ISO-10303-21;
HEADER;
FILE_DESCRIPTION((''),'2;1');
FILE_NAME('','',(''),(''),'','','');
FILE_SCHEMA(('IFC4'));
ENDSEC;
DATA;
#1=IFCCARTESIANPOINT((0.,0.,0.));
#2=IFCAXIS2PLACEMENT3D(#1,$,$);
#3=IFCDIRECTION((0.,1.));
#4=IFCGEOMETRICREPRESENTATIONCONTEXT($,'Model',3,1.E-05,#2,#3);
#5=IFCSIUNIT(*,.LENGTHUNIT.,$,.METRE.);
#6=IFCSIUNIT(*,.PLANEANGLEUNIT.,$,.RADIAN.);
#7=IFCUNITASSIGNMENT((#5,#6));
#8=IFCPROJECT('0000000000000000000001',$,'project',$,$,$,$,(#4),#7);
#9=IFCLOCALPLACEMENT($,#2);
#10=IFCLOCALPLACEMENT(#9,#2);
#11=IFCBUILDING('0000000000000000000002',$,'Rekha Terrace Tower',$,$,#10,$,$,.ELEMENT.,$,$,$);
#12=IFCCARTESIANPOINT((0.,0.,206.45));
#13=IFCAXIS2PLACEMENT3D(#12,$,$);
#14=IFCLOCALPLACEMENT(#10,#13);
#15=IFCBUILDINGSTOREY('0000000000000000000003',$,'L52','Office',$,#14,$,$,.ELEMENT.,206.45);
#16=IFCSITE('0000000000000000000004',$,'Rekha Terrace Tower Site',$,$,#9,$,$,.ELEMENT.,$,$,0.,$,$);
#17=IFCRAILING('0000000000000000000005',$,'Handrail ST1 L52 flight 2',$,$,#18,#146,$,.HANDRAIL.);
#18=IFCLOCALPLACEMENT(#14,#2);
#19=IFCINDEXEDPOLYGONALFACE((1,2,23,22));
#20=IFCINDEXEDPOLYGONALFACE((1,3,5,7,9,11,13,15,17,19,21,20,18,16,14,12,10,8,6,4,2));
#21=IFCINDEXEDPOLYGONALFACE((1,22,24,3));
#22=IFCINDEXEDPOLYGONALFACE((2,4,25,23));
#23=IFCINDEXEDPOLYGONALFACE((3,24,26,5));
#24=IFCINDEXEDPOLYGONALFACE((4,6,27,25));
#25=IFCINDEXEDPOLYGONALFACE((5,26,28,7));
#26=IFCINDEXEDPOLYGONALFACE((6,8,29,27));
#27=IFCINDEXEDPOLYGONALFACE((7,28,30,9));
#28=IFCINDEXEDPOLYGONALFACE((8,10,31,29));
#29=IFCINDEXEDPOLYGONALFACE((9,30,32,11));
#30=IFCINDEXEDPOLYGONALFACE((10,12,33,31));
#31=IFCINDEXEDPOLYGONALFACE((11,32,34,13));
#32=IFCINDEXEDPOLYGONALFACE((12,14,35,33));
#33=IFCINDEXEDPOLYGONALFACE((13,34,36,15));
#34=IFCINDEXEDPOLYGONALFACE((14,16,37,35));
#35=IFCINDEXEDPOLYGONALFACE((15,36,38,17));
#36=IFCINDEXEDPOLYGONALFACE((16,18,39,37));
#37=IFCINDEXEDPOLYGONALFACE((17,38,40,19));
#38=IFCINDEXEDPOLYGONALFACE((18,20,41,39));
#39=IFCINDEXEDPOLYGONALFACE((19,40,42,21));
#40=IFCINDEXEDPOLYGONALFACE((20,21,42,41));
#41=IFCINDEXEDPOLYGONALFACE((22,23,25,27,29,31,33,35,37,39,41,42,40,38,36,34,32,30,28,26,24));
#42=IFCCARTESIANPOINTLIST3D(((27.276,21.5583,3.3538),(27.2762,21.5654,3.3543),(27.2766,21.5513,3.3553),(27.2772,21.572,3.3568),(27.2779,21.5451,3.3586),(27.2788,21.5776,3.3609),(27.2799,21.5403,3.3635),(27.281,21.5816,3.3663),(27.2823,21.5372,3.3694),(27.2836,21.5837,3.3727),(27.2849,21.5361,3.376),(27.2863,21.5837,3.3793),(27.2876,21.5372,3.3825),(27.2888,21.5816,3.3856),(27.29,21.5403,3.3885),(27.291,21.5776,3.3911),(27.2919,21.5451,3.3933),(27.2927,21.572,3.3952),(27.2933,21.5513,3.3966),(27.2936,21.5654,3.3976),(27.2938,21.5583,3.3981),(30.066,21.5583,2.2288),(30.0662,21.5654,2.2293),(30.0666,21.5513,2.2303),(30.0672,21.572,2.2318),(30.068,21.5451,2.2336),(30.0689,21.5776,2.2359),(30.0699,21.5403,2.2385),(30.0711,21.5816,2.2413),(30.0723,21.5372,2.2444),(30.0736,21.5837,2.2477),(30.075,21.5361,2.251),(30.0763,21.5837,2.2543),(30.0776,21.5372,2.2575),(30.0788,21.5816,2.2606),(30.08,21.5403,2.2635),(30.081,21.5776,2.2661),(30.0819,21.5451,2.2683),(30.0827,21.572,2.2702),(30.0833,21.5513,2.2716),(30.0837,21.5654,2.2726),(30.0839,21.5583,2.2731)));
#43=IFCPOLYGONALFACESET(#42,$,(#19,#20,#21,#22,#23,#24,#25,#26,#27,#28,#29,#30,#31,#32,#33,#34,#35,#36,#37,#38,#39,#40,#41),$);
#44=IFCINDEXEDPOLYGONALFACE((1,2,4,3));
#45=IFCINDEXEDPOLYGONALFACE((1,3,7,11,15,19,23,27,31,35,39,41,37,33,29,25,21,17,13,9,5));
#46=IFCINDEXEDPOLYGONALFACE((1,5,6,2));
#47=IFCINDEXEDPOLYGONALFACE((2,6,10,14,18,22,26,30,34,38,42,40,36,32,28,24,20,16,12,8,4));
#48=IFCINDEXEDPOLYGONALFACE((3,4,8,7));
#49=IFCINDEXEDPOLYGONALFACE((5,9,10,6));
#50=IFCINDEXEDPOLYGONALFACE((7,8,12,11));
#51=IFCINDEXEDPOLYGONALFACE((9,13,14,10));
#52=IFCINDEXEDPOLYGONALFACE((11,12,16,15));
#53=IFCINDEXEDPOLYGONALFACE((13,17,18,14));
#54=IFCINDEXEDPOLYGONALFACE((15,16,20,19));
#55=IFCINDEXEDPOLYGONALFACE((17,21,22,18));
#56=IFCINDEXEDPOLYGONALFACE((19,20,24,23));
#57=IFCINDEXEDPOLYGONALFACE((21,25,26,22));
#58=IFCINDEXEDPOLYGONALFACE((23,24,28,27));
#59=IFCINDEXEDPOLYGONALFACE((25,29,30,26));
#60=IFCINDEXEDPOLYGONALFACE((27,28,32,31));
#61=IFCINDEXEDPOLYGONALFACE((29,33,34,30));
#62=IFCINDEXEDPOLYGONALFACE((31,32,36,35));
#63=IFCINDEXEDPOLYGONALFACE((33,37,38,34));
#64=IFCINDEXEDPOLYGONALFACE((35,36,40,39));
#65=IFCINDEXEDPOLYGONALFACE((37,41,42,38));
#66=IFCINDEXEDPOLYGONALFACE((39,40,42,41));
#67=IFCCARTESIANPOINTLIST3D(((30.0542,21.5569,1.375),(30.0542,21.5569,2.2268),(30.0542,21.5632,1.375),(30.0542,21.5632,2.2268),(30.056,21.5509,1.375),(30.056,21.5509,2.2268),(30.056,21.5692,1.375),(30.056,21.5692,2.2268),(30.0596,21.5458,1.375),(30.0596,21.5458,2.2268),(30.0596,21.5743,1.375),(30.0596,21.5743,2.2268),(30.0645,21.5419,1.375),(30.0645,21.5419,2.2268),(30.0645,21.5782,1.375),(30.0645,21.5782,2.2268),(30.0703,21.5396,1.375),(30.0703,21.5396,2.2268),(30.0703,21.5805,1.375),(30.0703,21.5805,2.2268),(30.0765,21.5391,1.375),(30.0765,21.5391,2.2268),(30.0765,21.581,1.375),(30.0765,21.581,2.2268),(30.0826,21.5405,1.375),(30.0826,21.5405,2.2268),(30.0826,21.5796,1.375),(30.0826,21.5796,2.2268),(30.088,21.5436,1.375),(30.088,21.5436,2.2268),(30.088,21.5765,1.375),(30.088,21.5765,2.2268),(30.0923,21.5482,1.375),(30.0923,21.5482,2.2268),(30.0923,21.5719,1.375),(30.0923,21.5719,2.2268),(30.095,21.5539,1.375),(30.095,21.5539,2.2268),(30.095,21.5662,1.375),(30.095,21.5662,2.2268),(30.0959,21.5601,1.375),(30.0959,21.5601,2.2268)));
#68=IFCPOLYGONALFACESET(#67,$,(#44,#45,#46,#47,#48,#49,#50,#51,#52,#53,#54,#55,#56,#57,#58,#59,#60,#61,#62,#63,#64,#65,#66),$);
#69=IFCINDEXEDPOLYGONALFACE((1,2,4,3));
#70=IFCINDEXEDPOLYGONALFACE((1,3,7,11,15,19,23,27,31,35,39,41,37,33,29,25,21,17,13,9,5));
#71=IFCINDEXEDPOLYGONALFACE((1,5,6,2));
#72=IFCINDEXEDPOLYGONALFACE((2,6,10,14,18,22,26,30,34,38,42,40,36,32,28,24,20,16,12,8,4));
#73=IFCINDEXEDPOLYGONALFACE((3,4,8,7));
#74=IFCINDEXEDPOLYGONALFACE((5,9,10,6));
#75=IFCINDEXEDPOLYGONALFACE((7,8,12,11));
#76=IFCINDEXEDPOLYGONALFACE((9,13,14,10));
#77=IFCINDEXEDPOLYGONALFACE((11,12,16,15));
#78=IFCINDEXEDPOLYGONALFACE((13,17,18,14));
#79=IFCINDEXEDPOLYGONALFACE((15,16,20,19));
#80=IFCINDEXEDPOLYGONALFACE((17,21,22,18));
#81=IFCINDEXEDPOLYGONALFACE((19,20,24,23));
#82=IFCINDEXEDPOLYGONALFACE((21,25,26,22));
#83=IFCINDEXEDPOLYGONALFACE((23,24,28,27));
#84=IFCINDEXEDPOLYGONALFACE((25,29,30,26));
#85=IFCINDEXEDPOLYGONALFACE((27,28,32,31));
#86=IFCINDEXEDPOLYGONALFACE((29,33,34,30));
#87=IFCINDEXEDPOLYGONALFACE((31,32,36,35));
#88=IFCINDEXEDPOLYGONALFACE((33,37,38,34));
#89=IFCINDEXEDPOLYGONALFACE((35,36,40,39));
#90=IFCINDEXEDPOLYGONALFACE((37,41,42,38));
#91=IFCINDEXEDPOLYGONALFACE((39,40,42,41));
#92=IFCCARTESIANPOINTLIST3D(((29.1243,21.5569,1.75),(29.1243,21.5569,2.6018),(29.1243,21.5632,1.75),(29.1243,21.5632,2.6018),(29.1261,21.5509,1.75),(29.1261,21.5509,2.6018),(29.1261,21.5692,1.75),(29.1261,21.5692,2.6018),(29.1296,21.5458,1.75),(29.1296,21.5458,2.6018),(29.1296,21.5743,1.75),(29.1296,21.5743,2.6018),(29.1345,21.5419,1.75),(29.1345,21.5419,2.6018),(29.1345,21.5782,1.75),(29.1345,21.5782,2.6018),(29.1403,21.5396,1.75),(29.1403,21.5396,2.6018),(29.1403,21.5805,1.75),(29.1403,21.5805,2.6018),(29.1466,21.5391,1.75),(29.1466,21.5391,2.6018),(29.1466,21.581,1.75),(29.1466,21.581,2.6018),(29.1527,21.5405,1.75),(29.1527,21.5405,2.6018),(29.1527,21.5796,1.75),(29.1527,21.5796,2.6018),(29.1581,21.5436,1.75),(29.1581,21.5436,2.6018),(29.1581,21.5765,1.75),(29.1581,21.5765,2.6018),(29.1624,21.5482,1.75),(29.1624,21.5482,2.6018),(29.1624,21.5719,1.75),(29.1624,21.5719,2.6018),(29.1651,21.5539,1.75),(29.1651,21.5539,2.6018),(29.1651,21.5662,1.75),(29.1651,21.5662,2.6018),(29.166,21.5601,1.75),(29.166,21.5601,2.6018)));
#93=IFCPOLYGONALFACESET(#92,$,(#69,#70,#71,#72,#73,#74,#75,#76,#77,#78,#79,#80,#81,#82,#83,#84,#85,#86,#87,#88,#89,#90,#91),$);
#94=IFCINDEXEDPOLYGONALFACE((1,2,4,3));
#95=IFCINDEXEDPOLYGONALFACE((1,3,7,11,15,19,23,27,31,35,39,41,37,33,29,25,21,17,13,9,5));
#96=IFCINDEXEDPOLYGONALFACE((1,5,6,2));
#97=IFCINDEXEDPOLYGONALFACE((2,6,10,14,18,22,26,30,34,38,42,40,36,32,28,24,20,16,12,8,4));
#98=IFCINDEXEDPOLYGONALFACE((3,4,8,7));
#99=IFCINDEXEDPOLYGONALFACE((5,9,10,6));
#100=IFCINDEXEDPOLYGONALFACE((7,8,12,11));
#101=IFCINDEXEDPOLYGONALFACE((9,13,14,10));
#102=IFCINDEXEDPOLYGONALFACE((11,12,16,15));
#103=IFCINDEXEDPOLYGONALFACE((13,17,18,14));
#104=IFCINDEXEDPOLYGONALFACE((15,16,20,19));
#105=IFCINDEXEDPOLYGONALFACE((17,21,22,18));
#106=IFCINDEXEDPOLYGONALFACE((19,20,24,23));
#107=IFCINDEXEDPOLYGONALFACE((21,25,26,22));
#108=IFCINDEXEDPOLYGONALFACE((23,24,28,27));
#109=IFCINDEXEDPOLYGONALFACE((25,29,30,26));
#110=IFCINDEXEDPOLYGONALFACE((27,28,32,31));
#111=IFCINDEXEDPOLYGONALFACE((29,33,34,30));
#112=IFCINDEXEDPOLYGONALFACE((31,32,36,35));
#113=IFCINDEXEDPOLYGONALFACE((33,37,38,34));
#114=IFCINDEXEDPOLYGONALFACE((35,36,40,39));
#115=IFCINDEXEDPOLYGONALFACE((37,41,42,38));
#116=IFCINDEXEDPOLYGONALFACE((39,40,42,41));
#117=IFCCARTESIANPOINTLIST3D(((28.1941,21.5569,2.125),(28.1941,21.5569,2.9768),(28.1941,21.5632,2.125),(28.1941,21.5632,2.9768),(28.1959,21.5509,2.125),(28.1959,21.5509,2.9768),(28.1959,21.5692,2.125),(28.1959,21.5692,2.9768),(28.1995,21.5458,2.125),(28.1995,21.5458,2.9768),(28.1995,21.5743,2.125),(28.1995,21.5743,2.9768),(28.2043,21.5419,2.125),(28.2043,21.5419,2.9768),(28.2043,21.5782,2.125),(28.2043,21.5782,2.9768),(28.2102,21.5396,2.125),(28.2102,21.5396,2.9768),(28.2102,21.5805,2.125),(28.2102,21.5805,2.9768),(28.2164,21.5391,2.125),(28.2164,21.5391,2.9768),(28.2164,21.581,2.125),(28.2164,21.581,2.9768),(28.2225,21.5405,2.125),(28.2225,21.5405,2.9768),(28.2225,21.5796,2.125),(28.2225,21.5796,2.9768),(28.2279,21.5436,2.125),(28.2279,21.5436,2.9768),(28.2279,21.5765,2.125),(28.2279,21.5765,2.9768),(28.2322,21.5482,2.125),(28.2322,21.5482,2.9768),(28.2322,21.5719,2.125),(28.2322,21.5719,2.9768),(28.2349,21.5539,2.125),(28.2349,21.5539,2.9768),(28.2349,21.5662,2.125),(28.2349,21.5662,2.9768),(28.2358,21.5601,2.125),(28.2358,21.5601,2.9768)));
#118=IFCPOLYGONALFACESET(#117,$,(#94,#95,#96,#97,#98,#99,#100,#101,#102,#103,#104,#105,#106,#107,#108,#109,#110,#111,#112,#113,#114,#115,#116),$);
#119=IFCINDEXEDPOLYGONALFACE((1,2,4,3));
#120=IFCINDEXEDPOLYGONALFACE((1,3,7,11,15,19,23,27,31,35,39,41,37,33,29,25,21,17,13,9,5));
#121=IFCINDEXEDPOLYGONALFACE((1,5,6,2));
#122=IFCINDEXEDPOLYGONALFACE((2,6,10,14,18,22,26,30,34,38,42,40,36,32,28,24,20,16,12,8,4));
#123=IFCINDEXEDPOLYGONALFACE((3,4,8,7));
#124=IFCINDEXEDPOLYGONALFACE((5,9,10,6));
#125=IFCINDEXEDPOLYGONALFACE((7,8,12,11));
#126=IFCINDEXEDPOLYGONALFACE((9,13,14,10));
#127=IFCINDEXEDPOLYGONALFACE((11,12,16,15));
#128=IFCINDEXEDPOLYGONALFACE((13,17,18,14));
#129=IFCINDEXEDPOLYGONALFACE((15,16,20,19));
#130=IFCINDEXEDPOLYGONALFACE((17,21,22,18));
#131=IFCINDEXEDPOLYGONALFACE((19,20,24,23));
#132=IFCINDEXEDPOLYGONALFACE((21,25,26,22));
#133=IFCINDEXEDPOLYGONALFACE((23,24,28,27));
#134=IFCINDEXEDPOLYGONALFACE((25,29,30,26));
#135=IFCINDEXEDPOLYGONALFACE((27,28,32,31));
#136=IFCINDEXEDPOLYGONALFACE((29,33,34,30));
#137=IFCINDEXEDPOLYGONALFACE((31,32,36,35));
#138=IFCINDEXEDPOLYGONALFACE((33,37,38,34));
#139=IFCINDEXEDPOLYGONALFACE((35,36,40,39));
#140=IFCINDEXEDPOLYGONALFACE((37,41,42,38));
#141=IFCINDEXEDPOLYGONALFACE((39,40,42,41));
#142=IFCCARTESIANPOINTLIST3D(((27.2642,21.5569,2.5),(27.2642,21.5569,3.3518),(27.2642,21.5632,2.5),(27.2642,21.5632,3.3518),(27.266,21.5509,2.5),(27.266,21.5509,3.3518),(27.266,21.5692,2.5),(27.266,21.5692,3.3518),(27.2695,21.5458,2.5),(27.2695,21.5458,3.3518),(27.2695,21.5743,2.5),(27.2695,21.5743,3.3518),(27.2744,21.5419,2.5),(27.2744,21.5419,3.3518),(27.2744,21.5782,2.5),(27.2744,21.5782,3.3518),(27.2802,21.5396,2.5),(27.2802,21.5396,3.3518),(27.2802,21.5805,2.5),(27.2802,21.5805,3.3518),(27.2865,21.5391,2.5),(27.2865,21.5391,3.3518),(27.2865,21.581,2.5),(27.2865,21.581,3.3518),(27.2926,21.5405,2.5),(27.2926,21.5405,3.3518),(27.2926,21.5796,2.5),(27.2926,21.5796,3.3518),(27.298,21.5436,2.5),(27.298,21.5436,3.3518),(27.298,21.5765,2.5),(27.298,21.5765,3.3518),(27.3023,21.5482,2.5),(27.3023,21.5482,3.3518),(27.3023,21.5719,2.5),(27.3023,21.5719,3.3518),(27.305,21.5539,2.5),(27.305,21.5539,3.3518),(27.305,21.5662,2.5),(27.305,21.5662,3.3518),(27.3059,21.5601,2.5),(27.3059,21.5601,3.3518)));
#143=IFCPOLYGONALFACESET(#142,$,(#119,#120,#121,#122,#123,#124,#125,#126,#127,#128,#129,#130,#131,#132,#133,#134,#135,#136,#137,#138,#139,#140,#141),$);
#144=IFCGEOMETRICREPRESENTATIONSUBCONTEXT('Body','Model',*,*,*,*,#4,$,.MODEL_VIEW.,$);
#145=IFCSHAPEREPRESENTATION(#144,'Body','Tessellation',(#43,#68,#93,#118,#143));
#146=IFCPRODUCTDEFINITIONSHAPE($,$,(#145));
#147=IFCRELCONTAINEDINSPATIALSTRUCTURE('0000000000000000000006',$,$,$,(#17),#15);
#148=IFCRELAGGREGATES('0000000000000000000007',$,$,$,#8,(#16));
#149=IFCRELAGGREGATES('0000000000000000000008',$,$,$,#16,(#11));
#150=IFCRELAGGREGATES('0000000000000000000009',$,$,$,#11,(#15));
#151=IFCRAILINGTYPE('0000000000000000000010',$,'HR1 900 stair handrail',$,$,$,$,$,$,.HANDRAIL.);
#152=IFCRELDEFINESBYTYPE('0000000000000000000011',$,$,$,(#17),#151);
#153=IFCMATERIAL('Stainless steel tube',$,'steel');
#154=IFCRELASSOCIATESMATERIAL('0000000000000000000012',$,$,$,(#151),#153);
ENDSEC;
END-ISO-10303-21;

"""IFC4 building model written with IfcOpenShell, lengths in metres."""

from ifc_helpers import new_model, si_unit, direction, frame, origin, origin_2d, place, context, subcontext, project, spatial, circle, extrude, material, type_object, element, save


model = new_model("IFC4")

# Units and contexts
model_context = context("Model", 3, precision=1e-05, world=origin(), true_north=direction((0.0, 1.0)))
body_context = subcontext(model_context, "Body", "Model", "MODEL_VIEW")
ifc_project = project(units=[si_unit("LENGTHUNIT", "METRE"), si_unit("PLANEANGLEUNIT", "RADIAN")], contexts=[model_context])

# Site, building, storey
site_placement = place(None, origin())
site = spatial("IfcSite", under=ifc_project, at=site_placement, Name="Rekha Terrace Tower Site", CompositionType="ELEMENT", RefElevation=0.0)
building_placement = place(site_placement, origin())
building = spatial("IfcBuilding", under=site, at=building_placement, Name="Rekha Terrace Tower", CompositionType="ELEMENT")
storey_placement = place(building_placement, frame((0.0, 0.0, 206.45)))
storey = spatial("IfcBuildingStorey", under=building, at=storey_placement, Name="L52", Description="Office", CompositionType="ELEMENT", Elevation=206.45)

# Railing
ifc_material_1 = material(Name="Stainless steel tube", Category="steel")
railing_type_1 = type_object("IfcRailingType", Name="HR1 900 stair handrail", PredefinedType="HANDRAIL", material=ifc_material_1)
railing_1_placement = place(storey_placement, frame((30.075, 21.5601, 1.375)))
element("IfcRailing", 1, at=railing_1_placement, inside=storey, type_object=railing_type_1, Name="Handrail ST1 L52 flight 2", PredefinedType="HANDRAIL", context=body_context, shape_type="SweptSolid", body=[
    extrude(circle(Radius=0.0239, at=origin_2d()), frame((0.0, 0.0, 0.876), z_axis=(-0.927443, 0.0, 0.373964), x_axis=(0.0, -1.0, 0.0)), (0.0, 0.0, 1.0), 3.0083),
    extrude(circle(Radius=0.021, at=origin_2d()), origin(), (0.0, 0.0, 1.0), 0.8518),
    extrude(circle(Radius=0.021, at=origin_2d()), frame((-0.9299, 0.0, 0.375)), (0.0, 0.0, 1.0), 0.8518),
    extrude(circle(Radius=0.021, at=origin_2d()), frame((-1.8601, 0.0, 0.75)), (0.0, 0.0, 1.0), 0.8518),
    extrude(circle(Radius=0.021, at=origin_2d()), frame((-2.79, 0.0, 1.125)), (0.0, 0.0, 1.0), 0.8518),
])

save(model, "model.ifc")
